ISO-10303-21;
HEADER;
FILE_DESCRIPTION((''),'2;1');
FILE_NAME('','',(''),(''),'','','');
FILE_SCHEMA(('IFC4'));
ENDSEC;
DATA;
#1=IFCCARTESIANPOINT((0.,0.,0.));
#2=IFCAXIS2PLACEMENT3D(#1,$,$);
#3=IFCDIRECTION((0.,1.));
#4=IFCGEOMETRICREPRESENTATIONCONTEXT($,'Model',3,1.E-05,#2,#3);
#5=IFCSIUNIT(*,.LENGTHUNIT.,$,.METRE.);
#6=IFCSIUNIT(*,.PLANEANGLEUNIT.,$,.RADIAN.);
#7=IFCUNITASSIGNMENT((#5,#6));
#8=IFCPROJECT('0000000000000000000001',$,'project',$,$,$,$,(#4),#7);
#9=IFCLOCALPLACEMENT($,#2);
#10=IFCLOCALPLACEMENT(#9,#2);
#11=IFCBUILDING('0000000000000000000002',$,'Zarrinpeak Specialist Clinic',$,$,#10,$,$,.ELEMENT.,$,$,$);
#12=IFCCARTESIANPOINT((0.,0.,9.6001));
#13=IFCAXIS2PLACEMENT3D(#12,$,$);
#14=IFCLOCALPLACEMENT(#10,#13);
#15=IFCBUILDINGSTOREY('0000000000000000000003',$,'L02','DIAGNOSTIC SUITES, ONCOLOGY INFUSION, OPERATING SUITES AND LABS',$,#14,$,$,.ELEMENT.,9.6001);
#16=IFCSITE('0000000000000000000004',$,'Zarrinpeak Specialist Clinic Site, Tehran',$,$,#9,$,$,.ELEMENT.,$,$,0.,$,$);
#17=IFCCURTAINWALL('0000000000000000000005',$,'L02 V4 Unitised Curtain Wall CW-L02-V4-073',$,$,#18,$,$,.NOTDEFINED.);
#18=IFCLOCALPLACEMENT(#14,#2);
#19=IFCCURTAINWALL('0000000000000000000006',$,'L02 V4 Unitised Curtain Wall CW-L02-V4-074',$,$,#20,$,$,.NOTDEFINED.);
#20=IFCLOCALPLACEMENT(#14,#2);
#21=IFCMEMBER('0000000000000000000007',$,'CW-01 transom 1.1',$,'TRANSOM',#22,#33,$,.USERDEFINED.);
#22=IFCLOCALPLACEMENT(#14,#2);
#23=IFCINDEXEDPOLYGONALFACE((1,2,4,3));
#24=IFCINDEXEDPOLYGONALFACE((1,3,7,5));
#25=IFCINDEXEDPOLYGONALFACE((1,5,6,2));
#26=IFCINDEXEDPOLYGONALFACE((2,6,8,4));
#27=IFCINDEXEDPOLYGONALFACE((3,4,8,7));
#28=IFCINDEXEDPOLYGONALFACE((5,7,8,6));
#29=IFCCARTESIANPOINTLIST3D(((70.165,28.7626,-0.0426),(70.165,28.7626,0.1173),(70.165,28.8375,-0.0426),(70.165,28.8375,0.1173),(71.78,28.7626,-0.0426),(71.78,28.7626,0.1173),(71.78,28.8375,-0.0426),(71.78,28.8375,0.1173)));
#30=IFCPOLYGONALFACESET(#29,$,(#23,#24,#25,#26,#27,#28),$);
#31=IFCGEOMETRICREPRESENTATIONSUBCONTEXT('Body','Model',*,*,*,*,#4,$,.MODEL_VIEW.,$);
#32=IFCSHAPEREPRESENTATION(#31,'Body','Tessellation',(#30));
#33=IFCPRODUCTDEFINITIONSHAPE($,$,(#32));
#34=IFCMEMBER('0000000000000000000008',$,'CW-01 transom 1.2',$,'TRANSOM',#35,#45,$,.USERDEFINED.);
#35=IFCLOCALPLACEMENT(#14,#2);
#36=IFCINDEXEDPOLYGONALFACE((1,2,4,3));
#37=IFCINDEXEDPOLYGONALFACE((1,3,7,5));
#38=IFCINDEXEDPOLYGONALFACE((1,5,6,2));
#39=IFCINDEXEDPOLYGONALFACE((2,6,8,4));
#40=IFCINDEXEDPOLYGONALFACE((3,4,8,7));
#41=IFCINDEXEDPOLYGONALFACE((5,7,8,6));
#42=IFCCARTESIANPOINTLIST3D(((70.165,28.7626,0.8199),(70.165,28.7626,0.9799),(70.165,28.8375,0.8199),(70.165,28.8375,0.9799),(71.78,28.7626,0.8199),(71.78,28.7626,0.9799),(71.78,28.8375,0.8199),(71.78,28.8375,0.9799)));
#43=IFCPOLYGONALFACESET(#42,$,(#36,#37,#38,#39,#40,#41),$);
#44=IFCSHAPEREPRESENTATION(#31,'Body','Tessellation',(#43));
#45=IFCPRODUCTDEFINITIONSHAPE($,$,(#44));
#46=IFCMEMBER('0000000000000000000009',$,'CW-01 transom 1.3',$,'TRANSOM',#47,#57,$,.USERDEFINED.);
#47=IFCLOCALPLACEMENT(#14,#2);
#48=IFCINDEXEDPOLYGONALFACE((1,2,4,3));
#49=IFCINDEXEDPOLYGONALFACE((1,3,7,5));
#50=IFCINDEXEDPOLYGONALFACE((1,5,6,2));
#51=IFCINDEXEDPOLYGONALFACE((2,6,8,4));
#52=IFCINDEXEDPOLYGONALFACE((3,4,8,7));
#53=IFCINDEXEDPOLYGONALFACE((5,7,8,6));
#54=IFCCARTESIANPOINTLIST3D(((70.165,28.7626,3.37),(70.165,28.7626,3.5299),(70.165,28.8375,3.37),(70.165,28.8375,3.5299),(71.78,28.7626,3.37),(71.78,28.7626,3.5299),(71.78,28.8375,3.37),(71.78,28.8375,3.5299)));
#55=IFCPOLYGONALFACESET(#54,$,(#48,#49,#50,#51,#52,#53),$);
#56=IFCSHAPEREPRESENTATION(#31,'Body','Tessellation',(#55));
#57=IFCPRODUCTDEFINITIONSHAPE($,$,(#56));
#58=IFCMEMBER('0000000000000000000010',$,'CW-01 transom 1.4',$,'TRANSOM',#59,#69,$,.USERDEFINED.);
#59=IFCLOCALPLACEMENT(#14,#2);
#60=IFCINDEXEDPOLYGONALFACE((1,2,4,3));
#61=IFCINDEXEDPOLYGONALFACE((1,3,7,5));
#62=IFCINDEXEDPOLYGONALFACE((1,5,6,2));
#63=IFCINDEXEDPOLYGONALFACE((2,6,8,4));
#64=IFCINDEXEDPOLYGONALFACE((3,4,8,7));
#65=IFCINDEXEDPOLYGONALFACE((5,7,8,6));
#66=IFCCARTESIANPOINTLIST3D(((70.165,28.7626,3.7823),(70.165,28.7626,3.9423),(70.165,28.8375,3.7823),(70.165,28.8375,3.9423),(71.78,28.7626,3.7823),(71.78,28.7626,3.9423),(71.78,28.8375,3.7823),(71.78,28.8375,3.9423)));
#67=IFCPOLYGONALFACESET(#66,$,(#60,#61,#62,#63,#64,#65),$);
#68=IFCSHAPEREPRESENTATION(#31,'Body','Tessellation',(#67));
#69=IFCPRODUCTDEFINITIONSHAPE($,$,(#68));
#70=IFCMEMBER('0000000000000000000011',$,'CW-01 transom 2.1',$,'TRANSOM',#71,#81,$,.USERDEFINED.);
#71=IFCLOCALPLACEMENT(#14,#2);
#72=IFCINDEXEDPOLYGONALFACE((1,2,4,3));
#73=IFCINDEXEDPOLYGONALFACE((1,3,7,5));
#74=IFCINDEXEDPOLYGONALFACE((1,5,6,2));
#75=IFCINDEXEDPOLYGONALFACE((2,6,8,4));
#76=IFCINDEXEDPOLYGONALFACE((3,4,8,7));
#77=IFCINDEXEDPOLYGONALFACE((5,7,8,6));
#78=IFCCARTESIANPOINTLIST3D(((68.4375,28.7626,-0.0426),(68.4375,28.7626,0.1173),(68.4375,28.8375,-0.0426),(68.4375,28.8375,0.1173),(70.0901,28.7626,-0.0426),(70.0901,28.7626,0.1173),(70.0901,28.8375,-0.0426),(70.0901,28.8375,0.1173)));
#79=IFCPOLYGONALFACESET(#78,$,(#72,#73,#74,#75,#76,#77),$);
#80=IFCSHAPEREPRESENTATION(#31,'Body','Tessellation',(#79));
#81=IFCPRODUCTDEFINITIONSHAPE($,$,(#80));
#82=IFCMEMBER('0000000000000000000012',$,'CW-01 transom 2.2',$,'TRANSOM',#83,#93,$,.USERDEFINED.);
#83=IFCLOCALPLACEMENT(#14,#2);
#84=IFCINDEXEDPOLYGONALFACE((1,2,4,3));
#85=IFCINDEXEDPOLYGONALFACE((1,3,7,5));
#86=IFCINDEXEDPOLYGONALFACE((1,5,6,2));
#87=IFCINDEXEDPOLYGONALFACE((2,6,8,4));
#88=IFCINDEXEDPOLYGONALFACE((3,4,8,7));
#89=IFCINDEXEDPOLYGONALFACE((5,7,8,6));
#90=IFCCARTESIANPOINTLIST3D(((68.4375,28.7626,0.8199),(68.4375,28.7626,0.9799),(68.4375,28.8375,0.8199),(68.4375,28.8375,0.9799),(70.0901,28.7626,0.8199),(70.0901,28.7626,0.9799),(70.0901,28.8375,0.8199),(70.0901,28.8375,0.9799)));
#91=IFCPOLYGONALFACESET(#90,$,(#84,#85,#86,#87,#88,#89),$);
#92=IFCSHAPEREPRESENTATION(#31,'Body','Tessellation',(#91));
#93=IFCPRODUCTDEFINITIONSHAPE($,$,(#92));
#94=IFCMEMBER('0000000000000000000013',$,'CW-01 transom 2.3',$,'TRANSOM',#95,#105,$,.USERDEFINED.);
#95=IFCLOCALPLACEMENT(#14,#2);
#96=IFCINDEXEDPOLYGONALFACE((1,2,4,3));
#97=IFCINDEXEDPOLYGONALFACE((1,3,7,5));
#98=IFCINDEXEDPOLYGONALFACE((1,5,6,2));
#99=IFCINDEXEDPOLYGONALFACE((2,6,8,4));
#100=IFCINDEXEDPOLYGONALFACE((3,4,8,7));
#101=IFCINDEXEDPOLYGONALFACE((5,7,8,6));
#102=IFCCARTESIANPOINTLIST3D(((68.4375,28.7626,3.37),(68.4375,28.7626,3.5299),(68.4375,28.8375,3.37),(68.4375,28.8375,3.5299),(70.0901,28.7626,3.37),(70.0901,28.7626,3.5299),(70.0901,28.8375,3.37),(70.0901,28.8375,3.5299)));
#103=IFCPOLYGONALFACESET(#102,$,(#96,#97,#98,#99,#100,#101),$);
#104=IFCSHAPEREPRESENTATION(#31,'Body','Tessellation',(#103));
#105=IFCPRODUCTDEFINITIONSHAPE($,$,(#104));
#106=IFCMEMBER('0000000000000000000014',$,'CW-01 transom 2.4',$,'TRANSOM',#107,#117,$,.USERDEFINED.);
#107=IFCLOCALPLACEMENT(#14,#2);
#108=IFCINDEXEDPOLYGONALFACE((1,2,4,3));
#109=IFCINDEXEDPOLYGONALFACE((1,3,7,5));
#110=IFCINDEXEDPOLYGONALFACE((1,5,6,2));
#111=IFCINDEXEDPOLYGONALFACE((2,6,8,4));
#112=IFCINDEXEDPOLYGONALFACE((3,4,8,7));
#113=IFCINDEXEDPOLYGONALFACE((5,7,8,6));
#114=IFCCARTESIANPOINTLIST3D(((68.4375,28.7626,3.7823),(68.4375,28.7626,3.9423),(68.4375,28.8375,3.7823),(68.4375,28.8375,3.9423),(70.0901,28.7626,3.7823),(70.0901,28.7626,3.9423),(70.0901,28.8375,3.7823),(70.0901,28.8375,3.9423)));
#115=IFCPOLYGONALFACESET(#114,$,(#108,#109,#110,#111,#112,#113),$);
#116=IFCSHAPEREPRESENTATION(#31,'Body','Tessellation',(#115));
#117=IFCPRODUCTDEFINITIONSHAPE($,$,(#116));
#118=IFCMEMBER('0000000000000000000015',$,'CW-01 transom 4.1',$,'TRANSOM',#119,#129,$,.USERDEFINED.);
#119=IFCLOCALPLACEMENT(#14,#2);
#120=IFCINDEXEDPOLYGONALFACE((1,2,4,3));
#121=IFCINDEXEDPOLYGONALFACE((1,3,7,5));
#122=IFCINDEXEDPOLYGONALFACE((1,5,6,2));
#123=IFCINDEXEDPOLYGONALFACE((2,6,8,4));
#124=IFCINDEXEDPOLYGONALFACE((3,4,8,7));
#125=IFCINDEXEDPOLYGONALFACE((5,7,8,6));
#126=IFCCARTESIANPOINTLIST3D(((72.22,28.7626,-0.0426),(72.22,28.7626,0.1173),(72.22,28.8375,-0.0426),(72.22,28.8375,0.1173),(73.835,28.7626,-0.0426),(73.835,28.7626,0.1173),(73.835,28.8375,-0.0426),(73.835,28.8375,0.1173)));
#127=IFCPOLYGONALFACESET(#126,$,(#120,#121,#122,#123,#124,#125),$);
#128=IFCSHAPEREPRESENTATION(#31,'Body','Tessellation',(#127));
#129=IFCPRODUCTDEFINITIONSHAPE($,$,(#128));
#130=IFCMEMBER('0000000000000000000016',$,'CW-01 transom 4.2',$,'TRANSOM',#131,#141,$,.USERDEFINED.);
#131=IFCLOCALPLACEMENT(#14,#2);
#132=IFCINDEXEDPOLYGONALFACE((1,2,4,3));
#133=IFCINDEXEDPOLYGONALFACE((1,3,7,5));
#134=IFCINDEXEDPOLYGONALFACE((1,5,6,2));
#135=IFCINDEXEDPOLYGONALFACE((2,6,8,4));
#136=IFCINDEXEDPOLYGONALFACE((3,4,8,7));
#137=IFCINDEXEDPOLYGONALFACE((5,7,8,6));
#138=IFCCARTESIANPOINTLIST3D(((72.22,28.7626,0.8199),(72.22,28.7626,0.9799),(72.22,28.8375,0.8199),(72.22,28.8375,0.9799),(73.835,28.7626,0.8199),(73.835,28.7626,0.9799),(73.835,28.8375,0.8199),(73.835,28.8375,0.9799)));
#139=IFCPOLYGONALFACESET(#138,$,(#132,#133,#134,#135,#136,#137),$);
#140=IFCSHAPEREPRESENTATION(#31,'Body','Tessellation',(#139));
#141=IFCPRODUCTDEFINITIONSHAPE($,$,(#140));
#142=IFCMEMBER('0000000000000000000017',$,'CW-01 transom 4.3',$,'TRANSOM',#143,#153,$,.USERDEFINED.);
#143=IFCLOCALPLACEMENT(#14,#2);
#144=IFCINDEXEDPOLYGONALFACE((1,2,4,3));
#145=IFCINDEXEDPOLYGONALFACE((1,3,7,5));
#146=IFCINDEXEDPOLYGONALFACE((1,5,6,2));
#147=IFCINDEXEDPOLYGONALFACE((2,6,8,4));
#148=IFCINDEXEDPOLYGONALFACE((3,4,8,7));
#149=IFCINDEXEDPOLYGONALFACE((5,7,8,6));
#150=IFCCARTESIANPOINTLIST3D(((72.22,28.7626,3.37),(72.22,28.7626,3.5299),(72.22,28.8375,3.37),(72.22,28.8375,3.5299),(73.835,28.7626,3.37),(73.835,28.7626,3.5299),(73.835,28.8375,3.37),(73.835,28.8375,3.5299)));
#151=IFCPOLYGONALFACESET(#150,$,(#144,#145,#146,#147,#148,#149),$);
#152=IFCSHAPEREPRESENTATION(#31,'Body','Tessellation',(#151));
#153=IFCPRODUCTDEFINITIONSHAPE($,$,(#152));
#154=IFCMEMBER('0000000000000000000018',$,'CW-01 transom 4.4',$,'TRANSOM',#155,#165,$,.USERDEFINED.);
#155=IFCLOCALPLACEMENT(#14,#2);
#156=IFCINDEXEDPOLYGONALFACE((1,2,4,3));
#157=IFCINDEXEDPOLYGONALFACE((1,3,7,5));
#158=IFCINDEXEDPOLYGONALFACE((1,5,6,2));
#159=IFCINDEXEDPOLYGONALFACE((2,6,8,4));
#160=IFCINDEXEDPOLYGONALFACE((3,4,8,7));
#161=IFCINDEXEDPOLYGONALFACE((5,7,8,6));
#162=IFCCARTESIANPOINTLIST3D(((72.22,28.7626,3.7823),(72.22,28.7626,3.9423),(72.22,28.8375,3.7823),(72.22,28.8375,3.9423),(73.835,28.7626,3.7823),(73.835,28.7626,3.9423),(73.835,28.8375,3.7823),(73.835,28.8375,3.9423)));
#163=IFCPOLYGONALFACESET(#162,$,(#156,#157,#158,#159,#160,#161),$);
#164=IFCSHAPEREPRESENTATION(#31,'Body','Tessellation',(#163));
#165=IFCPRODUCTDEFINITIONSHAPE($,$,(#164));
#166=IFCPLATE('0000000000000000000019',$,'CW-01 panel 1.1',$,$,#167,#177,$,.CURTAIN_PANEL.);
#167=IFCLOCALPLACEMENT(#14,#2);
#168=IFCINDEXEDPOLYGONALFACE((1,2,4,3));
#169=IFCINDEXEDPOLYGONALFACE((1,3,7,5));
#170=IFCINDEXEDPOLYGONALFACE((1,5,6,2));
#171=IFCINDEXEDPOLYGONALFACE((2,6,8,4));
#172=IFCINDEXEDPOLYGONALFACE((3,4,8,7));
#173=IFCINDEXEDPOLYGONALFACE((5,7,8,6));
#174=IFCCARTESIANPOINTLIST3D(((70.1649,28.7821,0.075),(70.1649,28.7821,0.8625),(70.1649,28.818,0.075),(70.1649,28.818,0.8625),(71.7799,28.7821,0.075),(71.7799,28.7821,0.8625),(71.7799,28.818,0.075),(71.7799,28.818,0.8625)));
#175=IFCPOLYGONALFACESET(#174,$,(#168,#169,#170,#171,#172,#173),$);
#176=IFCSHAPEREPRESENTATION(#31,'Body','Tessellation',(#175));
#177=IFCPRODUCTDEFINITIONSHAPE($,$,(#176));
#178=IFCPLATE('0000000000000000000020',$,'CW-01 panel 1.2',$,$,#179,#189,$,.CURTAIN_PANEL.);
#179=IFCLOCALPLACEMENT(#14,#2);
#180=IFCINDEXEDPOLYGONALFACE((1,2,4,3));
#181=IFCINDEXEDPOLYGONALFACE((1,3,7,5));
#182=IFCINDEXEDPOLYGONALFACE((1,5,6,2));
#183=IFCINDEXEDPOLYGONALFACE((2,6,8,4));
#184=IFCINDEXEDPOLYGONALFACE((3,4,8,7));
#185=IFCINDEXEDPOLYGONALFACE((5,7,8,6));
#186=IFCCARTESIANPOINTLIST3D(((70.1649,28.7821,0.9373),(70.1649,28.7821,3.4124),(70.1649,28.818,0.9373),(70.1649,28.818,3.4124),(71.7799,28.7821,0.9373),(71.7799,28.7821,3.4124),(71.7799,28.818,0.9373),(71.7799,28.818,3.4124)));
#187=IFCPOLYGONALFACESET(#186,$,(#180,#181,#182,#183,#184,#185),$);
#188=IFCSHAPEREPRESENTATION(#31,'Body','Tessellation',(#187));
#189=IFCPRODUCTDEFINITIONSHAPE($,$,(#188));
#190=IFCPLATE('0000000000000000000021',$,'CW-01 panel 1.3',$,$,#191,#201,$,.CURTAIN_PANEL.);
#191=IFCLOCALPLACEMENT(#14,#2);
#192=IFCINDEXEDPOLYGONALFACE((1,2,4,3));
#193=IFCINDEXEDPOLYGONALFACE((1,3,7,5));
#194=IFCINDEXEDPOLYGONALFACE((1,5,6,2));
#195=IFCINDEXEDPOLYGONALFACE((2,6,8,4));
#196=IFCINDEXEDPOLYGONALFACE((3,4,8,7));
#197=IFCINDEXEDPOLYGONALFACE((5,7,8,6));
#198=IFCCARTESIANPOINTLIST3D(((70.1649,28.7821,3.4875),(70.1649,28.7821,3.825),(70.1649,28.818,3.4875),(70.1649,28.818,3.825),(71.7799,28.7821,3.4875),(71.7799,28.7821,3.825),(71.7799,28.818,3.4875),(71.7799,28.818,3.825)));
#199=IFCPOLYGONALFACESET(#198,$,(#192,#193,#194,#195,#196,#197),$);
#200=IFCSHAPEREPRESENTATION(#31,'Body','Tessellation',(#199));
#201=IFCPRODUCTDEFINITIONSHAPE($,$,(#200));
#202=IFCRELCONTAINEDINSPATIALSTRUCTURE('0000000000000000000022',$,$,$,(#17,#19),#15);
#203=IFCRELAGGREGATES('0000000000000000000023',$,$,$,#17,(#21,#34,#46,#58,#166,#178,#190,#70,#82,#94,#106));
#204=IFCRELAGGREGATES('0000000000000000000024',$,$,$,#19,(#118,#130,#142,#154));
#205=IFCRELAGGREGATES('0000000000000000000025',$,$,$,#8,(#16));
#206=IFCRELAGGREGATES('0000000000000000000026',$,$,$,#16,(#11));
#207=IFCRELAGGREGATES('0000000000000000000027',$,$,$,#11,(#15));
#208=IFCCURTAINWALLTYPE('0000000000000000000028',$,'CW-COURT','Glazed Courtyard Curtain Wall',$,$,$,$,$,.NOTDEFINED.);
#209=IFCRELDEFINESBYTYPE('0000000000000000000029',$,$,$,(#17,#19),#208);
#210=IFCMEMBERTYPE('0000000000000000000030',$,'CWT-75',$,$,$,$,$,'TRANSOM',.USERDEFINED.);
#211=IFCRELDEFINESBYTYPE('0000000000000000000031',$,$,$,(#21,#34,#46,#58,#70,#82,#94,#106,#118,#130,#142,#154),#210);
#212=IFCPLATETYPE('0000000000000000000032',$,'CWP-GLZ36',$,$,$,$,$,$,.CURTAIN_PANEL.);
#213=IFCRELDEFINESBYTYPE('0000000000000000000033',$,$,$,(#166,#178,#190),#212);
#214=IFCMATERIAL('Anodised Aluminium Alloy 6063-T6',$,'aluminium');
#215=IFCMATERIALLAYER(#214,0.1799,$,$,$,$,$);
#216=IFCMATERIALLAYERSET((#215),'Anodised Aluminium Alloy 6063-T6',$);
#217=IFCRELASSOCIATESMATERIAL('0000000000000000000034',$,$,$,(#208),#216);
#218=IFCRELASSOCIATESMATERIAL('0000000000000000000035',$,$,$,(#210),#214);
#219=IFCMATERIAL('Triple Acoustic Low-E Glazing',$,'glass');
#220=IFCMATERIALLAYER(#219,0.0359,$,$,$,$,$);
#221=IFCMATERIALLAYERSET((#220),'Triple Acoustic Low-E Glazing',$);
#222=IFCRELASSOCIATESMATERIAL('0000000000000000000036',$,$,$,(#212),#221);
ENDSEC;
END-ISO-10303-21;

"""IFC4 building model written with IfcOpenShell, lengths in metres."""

from ifc_helpers import new_model, si_unit, direction, frame, origin, origin_2d, place, context, subcontext, project, spatial, rectangle, extrude, material, layer, layer_set, material_profile, profile_set, type_object, element, aggregate, save


model = new_model("IFC4")

# Units and contexts
model_context = context("Model", 3, precision=1e-05, world=origin(), true_north=direction((0.0, 1.0)))
body_context = subcontext(model_context, "Body", "Model", "MODEL_VIEW")
ifc_project = project(units=[si_unit("LENGTHUNIT", "METRE"), si_unit("PLANEANGLEUNIT", "RADIAN")], contexts=[model_context])

# Site, building, storey
site_placement = place(None, origin())
site = spatial("IfcSite", under=ifc_project, at=site_placement, Name="Zarrinpeak Specialist Clinic Site, Tehran", CompositionType="ELEMENT", RefElevation=0.0)
building_placement = place(site_placement, origin())
building = spatial("IfcBuilding", under=site, at=building_placement, Name="Zarrinpeak Specialist Clinic", CompositionType="ELEMENT")
storey_placement = place(building_placement, frame((0.0, 0.0, 9.6001)))
storey = spatial("IfcBuildingStorey", under=building, at=storey_placement, Name="L02", Description="DIAGNOSTIC SUITES, ONCOLOGY INFUSION, OPERATING SUITES AND LABS", CompositionType="ELEMENT", Elevation=9.6001)

# Curtain walls
ifc_material_1 = material(Name="Anodised Aluminium Alloy 6063-T6", Category="aluminium")
ifc_layer_1 = layer(ifc_material_1, 0.1799)
ifc_layer_set_1 = layer_set([ifc_layer_1], Name="Anodised Aluminium Alloy 6063-T6")
curtain_wall_type = type_object("IfcCurtainWallType", Name="CW-COURT", Description="Glazed Courtyard Curtain Wall", PredefinedType="NOTDEFINED", material=ifc_layer_set_1)
curtain_wall_1_placement = place(storey_placement, origin())
curtain_wall_1 = element("IfcCurtainWall", 1, at=curtain_wall_1_placement, inside=storey, type_object=curtain_wall_type, Name="L02 V4 Unitised Curtain Wall CW-L02-V4-073", PredefinedType="NOTDEFINED")
curtain_wall_2_placement = place(storey_placement, origin())
curtain_wall_2 = element("IfcCurtainWall", 2, at=curtain_wall_2_placement, inside=storey, type_object=curtain_wall_type, Name="L02 V4 Unitised Curtain Wall CW-L02-V4-074", PredefinedType="NOTDEFINED")

# Members
ifc_material_profile_1 = material_profile(ifc_material_1, rectangle(XDim=0.075, YDim=0.1599, at=origin_2d()), Name="ALU 75x160")
ifc_profile_set_1 = profile_set([ifc_material_profile_1], Name="Anodised Aluminium Alloy 6063-T6")
member_type_1 = type_object("IfcMemberType", Name="CWT-75", ElementType="TRANSOM", PredefinedType="USERDEFINED", material=ifc_profile_set_1)
member_1_placement = place(storey_placement, frame((71.78, 28.8, 0.0374), z_axis=(-1.0, 0.0, 0.0), x_axis=(0.0, -1.0, 0.0)))
member_1 = element("IfcMember", 3, at=member_1_placement, type_object=member_type_1, Name="CW-01 transom 1.1", ObjectType="TRANSOM", PredefinedType="USERDEFINED", context=body_context, shape_type="SweptSolid", body=[
    extrude(rectangle(XDim=0.075, YDim=0.1599, at=origin_2d()), origin(), (0.0, 0.0, 1.0), 1.615),
])
member_2_placement = place(storey_placement, frame((71.78, 28.8, 0.8999), z_axis=(-1.0, 0.0, 0.0), x_axis=(0.0, -1.0, 0.0)))
member_2 = element("IfcMember", 4, at=member_2_placement, type_object=member_type_1, Name="CW-01 transom 1.2", ObjectType="TRANSOM", PredefinedType="USERDEFINED", context=body_context, shape_type="SweptSolid", body=[
    extrude(rectangle(XDim=0.075, YDim=0.1599, at=origin_2d()), origin(), (0.0, 0.0, 1.0), 1.615),
])
member_3_placement = place(storey_placement, frame((71.78, 28.8, 3.45), z_axis=(-1.0, 0.0, 0.0), x_axis=(0.0, -1.0, 0.0)))
member_3 = element("IfcMember", 5, at=member_3_placement, type_object=member_type_1, Name="CW-01 transom 1.3", ObjectType="TRANSOM", PredefinedType="USERDEFINED", context=body_context, shape_type="SweptSolid", body=[
    extrude(rectangle(XDim=0.075, YDim=0.1599, at=origin_2d()), origin(), (0.0, 0.0, 1.0), 1.615),
])
member_4_placement = place(storey_placement, frame((71.78, 28.8, 3.8623), z_axis=(-1.0, 0.0, 0.0), x_axis=(0.0, -1.0, 0.0)))
member_4 = element("IfcMember", 6, at=member_4_placement, type_object=member_type_1, Name="CW-01 transom 1.4", ObjectType="TRANSOM", PredefinedType="USERDEFINED", context=body_context, shape_type="SweptSolid", body=[
    extrude(rectangle(XDim=0.075, YDim=0.1599, at=origin_2d()), origin(), (0.0, 0.0, 1.0), 1.615),
])
member_5_placement = place(storey_placement, frame((70.0901, 28.8, 0.0374), z_axis=(-1.0, 0.0, 0.0), x_axis=(0.0, -1.0, 0.0)))
member_5 = element("IfcMember", 7, at=member_5_placement, type_object=member_type_1, Name="CW-01 transom 2.1", ObjectType="TRANSOM", PredefinedType="USERDEFINED", context=body_context, shape_type="SweptSolid", body=[
    extrude(rectangle(XDim=0.075, YDim=0.1599, at=origin_2d()), origin(), (0.0, 0.0, 1.0), 1.6526),
])
member_6_placement = place(storey_placement, frame((70.0901, 28.8, 0.8999), z_axis=(-1.0, 0.0, 0.0), x_axis=(0.0, -1.0, 0.0)))
member_6 = element("IfcMember", 8, at=member_6_placement, type_object=member_type_1, Name="CW-01 transom 2.2", ObjectType="TRANSOM", PredefinedType="USERDEFINED", context=body_context, shape_type="SweptSolid", body=[
    extrude(rectangle(XDim=0.075, YDim=0.1599, at=origin_2d()), origin(), (0.0, 0.0, 1.0), 1.6526),
])
member_7_placement = place(storey_placement, frame((70.0901, 28.8, 3.45), z_axis=(-1.0, 0.0, 0.0), x_axis=(0.0, -1.0, 0.0)))
member_7 = element("IfcMember", 9, at=member_7_placement, type_object=member_type_1, Name="CW-01 transom 2.3", ObjectType="TRANSOM", PredefinedType="USERDEFINED", context=body_context, shape_type="SweptSolid", body=[
    extrude(rectangle(XDim=0.075, YDim=0.1599, at=origin_2d()), origin(), (0.0, 0.0, 1.0), 1.6526),
])
member_8_placement = place(storey_placement, frame((70.0901, 28.8, 3.8623), z_axis=(-1.0, 0.0, 0.0), x_axis=(0.0, -1.0, 0.0)))
member_8 = element("IfcMember", 10, at=member_8_placement, type_object=member_type_1, Name="CW-01 transom 2.4", ObjectType="TRANSOM", PredefinedType="USERDEFINED", context=body_context, shape_type="SweptSolid", body=[
    extrude(rectangle(XDim=0.075, YDim=0.1599, at=origin_2d()), origin(), (0.0, 0.0, 1.0), 1.6526),
])
member_9_placement = place(storey_placement, frame((73.835, 28.8, 0.0374), z_axis=(-1.0, 0.0, 0.0), x_axis=(0.0, -1.0, 0.0)))
member_9 = element("IfcMember", 11, at=member_9_placement, type_object=member_type_1, Name="CW-01 transom 4.1", ObjectType="TRANSOM", PredefinedType="USERDEFINED", context=body_context, shape_type="SweptSolid", body=[
    extrude(rectangle(XDim=0.075, YDim=0.1599, at=origin_2d()), origin(), (0.0, 0.0, 1.0), 1.615),
])
member_10_placement = place(storey_placement, frame((73.835, 28.8, 0.8999), z_axis=(-1.0, 0.0, 0.0), x_axis=(0.0, -1.0, 0.0)))
member_10 = element("IfcMember", 12, at=member_10_placement, type_object=member_type_1, Name="CW-01 transom 4.2", ObjectType="TRANSOM", PredefinedType="USERDEFINED", context=body_context, shape_type="SweptSolid", body=[
    extrude(rectangle(XDim=0.075, YDim=0.1599, at=origin_2d()), origin(), (0.0, 0.0, 1.0), 1.615),
])
member_11_placement = place(storey_placement, frame((73.835, 28.8, 3.45), z_axis=(-1.0, 0.0, 0.0), x_axis=(0.0, -1.0, 0.0)))
member_11 = element("IfcMember", 13, at=member_11_placement, type_object=member_type_1, Name="CW-01 transom 4.3", ObjectType="TRANSOM", PredefinedType="USERDEFINED", context=body_context, shape_type="SweptSolid", body=[
    extrude(rectangle(XDim=0.075, YDim=0.1599, at=origin_2d()), origin(), (0.0, 0.0, 1.0), 1.615),
])
member_12_placement = place(storey_placement, frame((73.835, 28.8, 3.8623), z_axis=(-1.0, 0.0, 0.0), x_axis=(0.0, -1.0, 0.0)))
member_12 = element("IfcMember", 14, at=member_12_placement, type_object=member_type_1, Name="CW-01 transom 4.4", ObjectType="TRANSOM", PredefinedType="USERDEFINED", context=body_context, shape_type="SweptSolid", body=[
    extrude(rectangle(XDim=0.075, YDim=0.1599, at=origin_2d()), origin(), (0.0, 0.0, 1.0), 1.615),
])

# Plates
ifc_material_2 = material(Name="Triple Acoustic Low-E Glazing", Category="glass")
ifc_layer_2 = layer(ifc_material_2, 0.0359)
ifc_layer_set_2 = layer_set([ifc_layer_2], Name="Triple Acoustic Low-E Glazing")
plate_type = type_object("IfcPlateType", Name="CWP-GLZ36", PredefinedType="CURTAIN_PANEL", material=ifc_layer_set_2)
plate_1_placement = place(storey_placement, frame((70.9724, 28.8, 0.075), z_axis=(0.0, 0.0, 1.0), x_axis=(-1.0, 0.0, 0.0)))
plate_1 = element("IfcPlate", 15, at=plate_1_placement, type_object=plate_type, Name="CW-01 panel 1.1", PredefinedType="CURTAIN_PANEL", context=body_context, shape_type="SweptSolid", body=[
    extrude(rectangle(XDim=1.615, YDim=0.0359, at=origin_2d()), origin(), (0.0, 0.0, 1.0), 0.7876),
])
plate_2_placement = place(storey_placement, frame((70.9724, 28.8, 0.9373), z_axis=(0.0, 0.0, 1.0), x_axis=(-1.0, 0.0, 0.0)))
plate_2 = element("IfcPlate", 16, at=plate_2_placement, type_object=plate_type, Name="CW-01 panel 1.2", PredefinedType="CURTAIN_PANEL", context=body_context, shape_type="SweptSolid", body=[
    extrude(rectangle(XDim=1.615, YDim=0.0359, at=origin_2d()), origin(), (0.0, 0.0, 1.0), 2.4751),
])
plate_3_placement = place(storey_placement, frame((70.9724, 28.8, 3.4875), z_axis=(0.0, 0.0, 1.0), x_axis=(-1.0, 0.0, 0.0)))
plate_3 = element("IfcPlate", 17, at=plate_3_placement, type_object=plate_type, Name="CW-01 panel 1.3", PredefinedType="CURTAIN_PANEL", context=body_context, shape_type="SweptSolid", body=[
    extrude(rectangle(XDim=1.615, YDim=0.0359, at=origin_2d()), origin(), (0.0, 0.0, 1.0), 0.3374),
])
aggregate(curtain_wall_1, [member_1, member_2, member_3, member_4, plate_1, plate_2, plate_3, member_5, member_6, member_7, member_8])
aggregate(curtain_wall_2, [member_9, member_10, member_11, member_12])

save(model, "model.ifc")
